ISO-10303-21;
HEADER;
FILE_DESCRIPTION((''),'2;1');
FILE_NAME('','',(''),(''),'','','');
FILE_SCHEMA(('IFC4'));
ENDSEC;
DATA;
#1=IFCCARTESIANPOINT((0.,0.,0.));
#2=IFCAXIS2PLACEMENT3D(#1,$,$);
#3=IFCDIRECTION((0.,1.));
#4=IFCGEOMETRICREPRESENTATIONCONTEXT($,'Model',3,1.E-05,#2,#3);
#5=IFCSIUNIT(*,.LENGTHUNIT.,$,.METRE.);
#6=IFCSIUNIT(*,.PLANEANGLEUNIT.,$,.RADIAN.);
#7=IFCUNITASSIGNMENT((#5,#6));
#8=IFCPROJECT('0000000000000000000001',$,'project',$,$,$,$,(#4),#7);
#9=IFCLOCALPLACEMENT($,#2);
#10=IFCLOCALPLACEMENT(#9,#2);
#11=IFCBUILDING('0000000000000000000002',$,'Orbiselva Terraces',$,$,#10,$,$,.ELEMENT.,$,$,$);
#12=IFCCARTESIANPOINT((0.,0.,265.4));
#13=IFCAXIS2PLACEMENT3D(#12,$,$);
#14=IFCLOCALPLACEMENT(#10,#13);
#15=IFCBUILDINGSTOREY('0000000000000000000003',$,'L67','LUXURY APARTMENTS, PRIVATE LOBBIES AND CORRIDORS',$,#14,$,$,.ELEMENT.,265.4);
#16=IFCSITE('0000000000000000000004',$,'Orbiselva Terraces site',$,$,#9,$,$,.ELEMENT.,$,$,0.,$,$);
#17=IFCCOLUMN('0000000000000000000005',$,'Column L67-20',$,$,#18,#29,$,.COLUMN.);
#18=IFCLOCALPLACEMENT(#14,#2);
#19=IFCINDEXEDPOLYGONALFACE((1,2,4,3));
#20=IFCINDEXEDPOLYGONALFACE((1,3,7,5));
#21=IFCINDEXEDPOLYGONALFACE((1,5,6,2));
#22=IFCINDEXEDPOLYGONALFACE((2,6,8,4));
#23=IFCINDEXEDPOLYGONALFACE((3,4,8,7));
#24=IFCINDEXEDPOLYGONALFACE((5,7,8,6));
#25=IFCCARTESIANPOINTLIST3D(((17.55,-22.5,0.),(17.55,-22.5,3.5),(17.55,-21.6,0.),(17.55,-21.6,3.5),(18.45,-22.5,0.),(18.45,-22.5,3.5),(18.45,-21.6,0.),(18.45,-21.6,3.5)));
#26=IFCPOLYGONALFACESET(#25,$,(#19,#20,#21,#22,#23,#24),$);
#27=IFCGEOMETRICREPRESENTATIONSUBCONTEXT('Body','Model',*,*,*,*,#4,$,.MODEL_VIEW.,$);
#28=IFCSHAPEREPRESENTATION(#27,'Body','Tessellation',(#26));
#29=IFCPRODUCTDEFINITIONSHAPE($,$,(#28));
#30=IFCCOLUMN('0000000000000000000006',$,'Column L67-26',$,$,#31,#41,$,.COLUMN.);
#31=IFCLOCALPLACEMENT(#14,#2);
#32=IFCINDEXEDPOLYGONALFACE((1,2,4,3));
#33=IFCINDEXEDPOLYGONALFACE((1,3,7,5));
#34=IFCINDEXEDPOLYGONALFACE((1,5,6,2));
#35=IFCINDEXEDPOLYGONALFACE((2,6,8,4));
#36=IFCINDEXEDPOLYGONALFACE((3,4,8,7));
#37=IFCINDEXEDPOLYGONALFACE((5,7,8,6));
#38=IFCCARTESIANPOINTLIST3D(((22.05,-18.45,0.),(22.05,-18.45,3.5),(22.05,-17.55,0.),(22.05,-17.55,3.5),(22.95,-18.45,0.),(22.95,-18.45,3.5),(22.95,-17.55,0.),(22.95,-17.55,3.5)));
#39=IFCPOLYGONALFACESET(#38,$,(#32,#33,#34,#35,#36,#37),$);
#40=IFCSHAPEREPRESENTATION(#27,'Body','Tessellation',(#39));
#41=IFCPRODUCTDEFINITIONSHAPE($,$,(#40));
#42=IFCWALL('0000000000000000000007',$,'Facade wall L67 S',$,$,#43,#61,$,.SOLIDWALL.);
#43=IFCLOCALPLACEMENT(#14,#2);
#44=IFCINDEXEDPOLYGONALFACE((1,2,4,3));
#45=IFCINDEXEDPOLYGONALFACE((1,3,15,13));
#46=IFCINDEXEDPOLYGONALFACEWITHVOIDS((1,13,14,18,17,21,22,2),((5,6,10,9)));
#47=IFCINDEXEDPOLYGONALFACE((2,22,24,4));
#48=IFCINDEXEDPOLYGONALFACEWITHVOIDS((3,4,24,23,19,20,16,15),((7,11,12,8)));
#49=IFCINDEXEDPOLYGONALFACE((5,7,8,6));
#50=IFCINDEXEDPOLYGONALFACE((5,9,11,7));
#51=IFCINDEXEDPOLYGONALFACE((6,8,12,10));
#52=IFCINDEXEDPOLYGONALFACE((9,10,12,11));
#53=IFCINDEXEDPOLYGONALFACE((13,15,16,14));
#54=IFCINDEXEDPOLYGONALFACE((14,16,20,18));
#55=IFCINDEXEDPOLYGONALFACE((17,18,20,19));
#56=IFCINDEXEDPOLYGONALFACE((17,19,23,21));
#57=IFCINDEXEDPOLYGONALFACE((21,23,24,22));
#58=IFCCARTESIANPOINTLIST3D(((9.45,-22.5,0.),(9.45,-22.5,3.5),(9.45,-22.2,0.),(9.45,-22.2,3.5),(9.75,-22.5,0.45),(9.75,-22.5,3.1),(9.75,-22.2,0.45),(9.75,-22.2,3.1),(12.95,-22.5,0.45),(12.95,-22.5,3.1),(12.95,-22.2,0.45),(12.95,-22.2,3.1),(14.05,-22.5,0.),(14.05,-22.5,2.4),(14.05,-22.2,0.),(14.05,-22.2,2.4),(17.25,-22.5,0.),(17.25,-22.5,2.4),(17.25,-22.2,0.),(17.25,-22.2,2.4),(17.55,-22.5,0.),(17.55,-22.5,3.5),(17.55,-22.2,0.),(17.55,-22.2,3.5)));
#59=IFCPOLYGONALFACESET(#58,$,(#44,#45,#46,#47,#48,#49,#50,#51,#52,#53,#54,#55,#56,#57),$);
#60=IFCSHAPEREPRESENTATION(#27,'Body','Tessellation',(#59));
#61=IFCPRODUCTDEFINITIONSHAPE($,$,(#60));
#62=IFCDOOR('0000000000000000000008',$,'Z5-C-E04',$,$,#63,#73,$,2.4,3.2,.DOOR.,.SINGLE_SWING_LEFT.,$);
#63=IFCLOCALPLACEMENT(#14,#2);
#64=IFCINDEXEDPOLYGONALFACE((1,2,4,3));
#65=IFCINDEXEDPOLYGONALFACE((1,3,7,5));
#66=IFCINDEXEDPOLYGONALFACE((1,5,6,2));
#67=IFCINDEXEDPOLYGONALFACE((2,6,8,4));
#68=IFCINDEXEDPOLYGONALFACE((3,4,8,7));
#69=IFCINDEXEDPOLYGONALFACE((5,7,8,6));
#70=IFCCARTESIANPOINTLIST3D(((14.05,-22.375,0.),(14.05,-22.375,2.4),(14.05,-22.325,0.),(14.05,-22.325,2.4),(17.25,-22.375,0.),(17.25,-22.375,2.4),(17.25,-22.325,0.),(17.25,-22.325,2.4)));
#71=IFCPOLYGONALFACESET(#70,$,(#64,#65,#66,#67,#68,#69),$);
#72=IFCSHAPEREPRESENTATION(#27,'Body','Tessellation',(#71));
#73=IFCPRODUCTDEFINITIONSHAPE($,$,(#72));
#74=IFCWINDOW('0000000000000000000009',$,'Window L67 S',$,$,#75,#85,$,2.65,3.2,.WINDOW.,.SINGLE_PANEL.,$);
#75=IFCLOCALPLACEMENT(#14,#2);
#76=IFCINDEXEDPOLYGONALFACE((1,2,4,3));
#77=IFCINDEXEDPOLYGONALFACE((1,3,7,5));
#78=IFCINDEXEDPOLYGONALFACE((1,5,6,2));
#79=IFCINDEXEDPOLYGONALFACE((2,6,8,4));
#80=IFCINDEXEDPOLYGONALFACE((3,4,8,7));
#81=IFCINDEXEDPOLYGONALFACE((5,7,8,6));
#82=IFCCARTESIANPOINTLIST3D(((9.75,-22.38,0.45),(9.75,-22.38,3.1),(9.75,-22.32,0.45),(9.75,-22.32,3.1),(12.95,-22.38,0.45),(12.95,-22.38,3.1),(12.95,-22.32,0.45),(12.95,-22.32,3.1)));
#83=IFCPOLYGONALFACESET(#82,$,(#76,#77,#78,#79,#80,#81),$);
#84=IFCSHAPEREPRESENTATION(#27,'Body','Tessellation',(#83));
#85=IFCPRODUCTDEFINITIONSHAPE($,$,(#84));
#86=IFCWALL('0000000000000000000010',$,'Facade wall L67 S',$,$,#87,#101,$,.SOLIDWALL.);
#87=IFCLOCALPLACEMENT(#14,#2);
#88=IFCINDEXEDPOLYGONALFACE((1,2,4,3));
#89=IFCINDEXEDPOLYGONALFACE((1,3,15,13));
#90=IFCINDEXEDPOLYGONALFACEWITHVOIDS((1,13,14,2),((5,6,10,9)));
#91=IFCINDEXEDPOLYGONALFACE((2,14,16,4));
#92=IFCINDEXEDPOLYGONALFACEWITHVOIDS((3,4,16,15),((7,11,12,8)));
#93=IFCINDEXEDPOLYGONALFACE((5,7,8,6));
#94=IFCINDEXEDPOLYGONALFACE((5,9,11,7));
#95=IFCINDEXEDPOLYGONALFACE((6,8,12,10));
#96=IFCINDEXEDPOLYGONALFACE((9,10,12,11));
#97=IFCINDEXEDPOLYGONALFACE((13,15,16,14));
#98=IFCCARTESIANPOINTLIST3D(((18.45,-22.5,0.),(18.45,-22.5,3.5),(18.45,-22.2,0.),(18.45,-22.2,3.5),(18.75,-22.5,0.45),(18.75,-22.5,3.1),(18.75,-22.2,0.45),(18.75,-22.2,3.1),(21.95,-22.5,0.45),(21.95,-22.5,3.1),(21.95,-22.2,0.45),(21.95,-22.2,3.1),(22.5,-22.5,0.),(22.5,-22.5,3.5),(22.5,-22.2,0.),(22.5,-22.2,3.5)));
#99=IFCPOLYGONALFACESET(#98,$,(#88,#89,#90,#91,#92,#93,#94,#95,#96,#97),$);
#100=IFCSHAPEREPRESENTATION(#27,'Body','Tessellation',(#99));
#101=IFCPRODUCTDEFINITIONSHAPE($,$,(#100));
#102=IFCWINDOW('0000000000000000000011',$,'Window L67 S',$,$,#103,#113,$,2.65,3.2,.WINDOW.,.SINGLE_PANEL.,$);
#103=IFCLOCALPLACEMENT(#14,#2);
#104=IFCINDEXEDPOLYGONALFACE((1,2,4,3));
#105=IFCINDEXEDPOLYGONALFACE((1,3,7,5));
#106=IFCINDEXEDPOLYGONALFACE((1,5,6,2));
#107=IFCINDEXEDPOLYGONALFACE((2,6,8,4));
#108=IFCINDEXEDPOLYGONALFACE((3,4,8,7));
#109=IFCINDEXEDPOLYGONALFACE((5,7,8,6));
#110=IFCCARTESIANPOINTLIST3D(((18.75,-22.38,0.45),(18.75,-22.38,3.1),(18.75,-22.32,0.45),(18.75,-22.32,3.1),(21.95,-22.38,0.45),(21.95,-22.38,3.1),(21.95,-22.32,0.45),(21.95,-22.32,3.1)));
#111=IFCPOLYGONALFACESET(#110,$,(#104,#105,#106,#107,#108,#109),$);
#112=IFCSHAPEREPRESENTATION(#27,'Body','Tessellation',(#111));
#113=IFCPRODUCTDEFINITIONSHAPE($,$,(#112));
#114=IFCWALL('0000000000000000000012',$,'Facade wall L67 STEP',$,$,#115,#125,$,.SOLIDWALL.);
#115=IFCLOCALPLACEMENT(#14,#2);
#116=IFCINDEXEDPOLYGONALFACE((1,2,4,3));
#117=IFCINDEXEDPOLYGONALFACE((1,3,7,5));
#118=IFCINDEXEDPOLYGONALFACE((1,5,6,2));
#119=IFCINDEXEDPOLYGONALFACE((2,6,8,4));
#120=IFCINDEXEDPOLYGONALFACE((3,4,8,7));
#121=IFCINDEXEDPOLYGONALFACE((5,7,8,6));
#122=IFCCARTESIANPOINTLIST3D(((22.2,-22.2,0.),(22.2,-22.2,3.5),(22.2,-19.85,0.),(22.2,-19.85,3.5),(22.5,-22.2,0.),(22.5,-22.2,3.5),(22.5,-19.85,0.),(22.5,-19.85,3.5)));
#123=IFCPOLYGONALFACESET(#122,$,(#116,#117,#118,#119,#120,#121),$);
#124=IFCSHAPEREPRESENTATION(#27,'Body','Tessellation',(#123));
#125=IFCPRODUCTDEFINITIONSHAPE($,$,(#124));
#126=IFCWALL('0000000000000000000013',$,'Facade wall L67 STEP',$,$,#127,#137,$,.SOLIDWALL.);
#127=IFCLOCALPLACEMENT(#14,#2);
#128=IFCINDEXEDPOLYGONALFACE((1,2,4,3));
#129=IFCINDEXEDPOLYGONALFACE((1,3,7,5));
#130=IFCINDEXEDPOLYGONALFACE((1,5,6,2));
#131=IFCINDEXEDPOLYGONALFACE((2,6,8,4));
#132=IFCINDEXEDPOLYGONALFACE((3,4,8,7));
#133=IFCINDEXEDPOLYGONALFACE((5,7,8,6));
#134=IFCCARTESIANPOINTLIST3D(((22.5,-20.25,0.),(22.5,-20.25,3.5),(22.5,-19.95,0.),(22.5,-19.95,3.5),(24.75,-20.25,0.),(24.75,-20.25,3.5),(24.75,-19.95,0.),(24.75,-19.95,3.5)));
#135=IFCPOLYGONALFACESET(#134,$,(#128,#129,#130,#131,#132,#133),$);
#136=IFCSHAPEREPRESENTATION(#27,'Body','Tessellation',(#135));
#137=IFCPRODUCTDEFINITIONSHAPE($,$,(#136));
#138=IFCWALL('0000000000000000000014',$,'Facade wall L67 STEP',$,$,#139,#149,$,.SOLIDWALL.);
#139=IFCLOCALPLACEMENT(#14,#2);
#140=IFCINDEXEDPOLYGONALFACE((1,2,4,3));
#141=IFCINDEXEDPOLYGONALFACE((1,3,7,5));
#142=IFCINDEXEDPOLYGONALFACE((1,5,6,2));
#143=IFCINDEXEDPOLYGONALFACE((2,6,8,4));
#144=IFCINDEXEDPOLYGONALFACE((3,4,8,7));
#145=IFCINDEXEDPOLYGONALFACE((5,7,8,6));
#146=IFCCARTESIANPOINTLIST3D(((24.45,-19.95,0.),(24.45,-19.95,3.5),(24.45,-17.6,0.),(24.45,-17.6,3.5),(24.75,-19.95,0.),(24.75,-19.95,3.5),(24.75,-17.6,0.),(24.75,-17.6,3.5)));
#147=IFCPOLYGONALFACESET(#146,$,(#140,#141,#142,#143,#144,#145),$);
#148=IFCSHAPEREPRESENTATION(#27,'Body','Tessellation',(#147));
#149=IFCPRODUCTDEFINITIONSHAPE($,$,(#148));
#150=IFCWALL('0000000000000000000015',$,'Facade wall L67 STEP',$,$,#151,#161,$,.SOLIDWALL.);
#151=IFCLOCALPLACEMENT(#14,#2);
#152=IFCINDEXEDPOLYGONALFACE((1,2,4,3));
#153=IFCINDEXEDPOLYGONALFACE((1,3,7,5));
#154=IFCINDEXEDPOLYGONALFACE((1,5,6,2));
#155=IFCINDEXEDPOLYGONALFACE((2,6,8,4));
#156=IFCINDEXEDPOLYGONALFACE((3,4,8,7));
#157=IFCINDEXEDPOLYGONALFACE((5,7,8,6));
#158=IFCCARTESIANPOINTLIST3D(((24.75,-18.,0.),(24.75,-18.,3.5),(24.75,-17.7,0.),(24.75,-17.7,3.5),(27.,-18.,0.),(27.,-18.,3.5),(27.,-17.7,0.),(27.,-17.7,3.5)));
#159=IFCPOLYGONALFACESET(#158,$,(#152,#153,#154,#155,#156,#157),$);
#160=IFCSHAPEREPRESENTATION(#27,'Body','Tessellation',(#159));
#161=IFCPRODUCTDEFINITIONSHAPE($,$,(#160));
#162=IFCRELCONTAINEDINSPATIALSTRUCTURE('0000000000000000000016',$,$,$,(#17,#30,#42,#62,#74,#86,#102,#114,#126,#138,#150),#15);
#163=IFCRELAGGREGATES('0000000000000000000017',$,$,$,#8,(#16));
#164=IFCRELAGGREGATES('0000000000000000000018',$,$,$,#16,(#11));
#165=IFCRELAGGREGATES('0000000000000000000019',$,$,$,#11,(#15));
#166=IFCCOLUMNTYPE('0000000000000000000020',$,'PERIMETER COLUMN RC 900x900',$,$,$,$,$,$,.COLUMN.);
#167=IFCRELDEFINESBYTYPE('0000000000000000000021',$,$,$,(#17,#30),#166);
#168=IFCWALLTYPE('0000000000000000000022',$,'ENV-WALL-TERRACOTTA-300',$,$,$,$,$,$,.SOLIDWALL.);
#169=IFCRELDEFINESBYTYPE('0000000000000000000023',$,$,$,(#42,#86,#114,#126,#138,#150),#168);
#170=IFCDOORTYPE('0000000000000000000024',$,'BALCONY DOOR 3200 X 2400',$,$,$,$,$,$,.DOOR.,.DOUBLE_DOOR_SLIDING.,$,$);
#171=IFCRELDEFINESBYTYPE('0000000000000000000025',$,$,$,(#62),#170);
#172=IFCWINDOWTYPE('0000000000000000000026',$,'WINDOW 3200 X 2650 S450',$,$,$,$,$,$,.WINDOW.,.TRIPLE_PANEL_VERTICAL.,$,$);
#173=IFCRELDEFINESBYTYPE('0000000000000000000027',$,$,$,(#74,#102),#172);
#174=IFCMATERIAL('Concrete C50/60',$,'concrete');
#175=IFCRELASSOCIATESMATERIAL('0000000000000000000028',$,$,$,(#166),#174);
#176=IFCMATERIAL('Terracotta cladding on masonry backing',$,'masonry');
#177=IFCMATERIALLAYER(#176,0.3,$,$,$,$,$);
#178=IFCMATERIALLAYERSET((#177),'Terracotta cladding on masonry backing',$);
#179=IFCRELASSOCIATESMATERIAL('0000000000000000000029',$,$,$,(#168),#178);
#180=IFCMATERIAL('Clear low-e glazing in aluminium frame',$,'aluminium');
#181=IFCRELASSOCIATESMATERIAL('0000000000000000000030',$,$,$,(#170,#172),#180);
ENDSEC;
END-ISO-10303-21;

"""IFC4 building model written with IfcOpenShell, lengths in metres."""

from ifc_helpers import new_model, si_unit, direction, frame, frame_2d, origin, origin_2d, place, context, subcontext, project, spatial, rectangle, extrude, material, layer, layer_set, material_profile, profile_set, type_object, element, fill, save


model = new_model("IFC4")

# Units and contexts
model_context = context("Model", 3, precision=1e-05, world=origin(), true_north=direction((0.0, 1.0)))
body_context = subcontext(model_context, "Body", "Model", "MODEL_VIEW")
ifc_project = project(units=[si_unit("LENGTHUNIT", "METRE"), si_unit("PLANEANGLEUNIT", "RADIAN")], contexts=[model_context])

# Site, building, storey
site_placement = place(None, origin())
site = spatial("IfcSite", under=ifc_project, at=site_placement, Name="Orbiselva Terraces site", CompositionType="ELEMENT", RefElevation=0.0)
building_placement = place(site_placement, origin())
building = spatial("IfcBuilding", under=site, at=building_placement, Name="Orbiselva Terraces", CompositionType="ELEMENT")
storey_placement = place(building_placement, frame((0.0, 0.0, 265.4)))
storey = spatial("IfcBuildingStorey", under=building, at=storey_placement, Name="L67", Description="LUXURY APARTMENTS, PRIVATE LOBBIES AND CORRIDORS", CompositionType="ELEMENT", Elevation=265.4)

# Columns
ifc_material_1 = material(Name="Concrete C50/60", Category="concrete")
ifc_material_profile = material_profile(ifc_material_1, rectangle(XDim=0.9, YDim=0.9, at=origin_2d()), Name="RC 900x900")
ifc_profile_set = profile_set([ifc_material_profile], Name="Concrete C50/60")
column_type = type_object("IfcColumnType", Name="PERIMETER COLUMN RC 900x900", PredefinedType="COLUMN", material=ifc_profile_set)
for number, where, z_axis, x_axis, name in (
    (1, (18.0, -22.05, 0.0), (0.0, 0.0, 1.0), (1.0, 0.0, 0.0), "Column L67-20"),
    (2, (22.5, -18.0, 0.0), (0.0, 0.0, 1.0), (1.0, 0.0, 0.0), "Column L67-26"),
):
    element("IfcColumn", number, at=place(storey_placement, frame(where, z_axis=z_axis, x_axis=x_axis)), inside=storey, type_object=column_type, Name=name, PredefinedType="COLUMN", context=body_context, shape_type="SweptSolid", body=[
        extrude(rectangle(XDim=0.9, YDim=0.9, at=origin_2d()), origin(), (0.0, 0.0, 1.0), 3.5),
    ])

# Wall, openings, door, window
ifc_material_2 = material(Name="Terracotta cladding on masonry backing", Category="masonry")
ifc_layer_1 = layer(ifc_material_2, 0.3)
ifc_layer_set_1 = layer_set([ifc_layer_1], Name="Terracotta cladding on masonry backing")
wall_type_1 = type_object("IfcWallType", Name="ENV-WALL-TERRACOTTA-300", PredefinedType="SOLIDWALL", material=ifc_layer_set_1)
wall_1_placement = place(storey_placement, frame((17.55, -22.35, 0.0), z_axis=(0.0, 0.0, 1.0), x_axis=(-1.0, 0.0, 0.0)))
wall_1 = element("IfcWall", 3, at=wall_1_placement, inside=storey, type_object=wall_type_1, Name="Facade wall L67 S", PredefinedType="SOLIDWALL", context=body_context, shape_type="SweptSolid", body=[
    extrude(rectangle(XDim=8.1, YDim=0.3, at=frame_2d((4.05, 0.0))), origin(), (0.0, 0.0, 1.0), 3.5),
])
opening_1_placement = place(wall_1_placement, frame((4.6, 0.0, 0.45)))
opening_1 = element("IfcOpeningElement", 4, at=opening_1_placement, cuts=wall_1, PredefinedType="OPENING", context=body_context, shape_type="SweptSolid", body=[
    extrude(rectangle(XDim=3.2, YDim=2.65, at=frame_2d((1.6, 1.325))), frame((0.0, 0.16, 0.0), z_axis=(0.0, -1.0, 0.0), x_axis=(1.0, 0.0, 0.0)), (0.0, 0.0, 1.0), 0.32),
])
opening_2_placement = place(wall_1_placement, frame((0.3, 0.0, 0.0)))
opening_2 = element("IfcOpeningElement", 5, at=opening_2_placement, cuts=wall_1, PredefinedType="OPENING", context=body_context, shape_type="SweptSolid", body=[
    extrude(rectangle(XDim=3.2, YDim=2.4, at=frame_2d((1.6, 1.2))), frame((0.0, 0.16, 0.0), z_axis=(0.0, -1.0, 0.0), x_axis=(1.0, 0.0, 0.0)), (0.0, 0.0, 1.0), 0.32),
])
ifc_material_3 = material(Name="Clear low-e glazing in aluminium frame", Category="aluminium")
door_type_1 = type_object("IfcDoorType", Name="BALCONY DOOR 3200 X 2400", OperationType="DOUBLE_DOOR_SLIDING", PredefinedType="DOOR", material=ifc_material_3)
door_1_placement = place(opening_2_placement, origin())
door_1 = element("IfcDoor", 6, at=door_1_placement, inside=storey, type_object=door_type_1, Name="Z5-C-E04", OperationType="SINGLE_SWING_LEFT", OverallHeight=2.4, OverallWidth=3.2, PredefinedType="DOOR", context=body_context, shape_type="SweptSolid", body=[
    extrude(rectangle(XDim=3.2, YDim=2.4, at=frame_2d((1.6, 1.2))), frame((0.0, 0.025, 0.0), z_axis=(0.0, -1.0, 0.0), x_axis=(1.0, 0.0, 0.0)), (0.0, 0.0, 1.0), 0.05),
])
fill(opening_2, door_1)
window_type = type_object("IfcWindowType", Name="WINDOW 3200 X 2650 S450", PartitioningType="TRIPLE_PANEL_VERTICAL", PredefinedType="WINDOW", material=ifc_material_3)
window_1_placement = place(opening_1_placement, origin())
window_1 = element("IfcWindow", 7, at=window_1_placement, inside=storey, type_object=window_type, Name="Window L67 S", OverallHeight=2.65, OverallWidth=3.2, PartitioningType="SINGLE_PANEL", PredefinedType="WINDOW", context=body_context, shape_type="SweptSolid", body=[
    extrude(rectangle(XDim=3.2, YDim=2.65, at=frame_2d((1.6, 1.325))), frame((0.0, 0.03, 0.0), z_axis=(0.0, -1.0, 0.0), x_axis=(1.0, 0.0, 0.0)), (0.0, 0.0, 1.0), 0.06),
])
fill(opening_1, window_1)

# Wall, opening, window
wall_2_placement = place(storey_placement, frame((22.5, -22.35, 0.0), z_axis=(0.0, 0.0, 1.0), x_axis=(-1.0, 0.0, 0.0)))
wall_2 = element("IfcWall", 8, at=wall_2_placement, inside=storey, type_object=wall_type_1, Name="Facade wall L67 S", PredefinedType="SOLIDWALL", context=body_context, shape_type="SweptSolid", body=[
    extrude(rectangle(XDim=4.05, YDim=0.3, at=frame_2d((2.025, 0.0))), origin(), (0.0, 0.0, 1.0), 3.5),
])
opening_3_placement = place(wall_2_placement, frame((0.55, 0.0, 0.45)))
opening_3 = element("IfcOpeningElement", 9, at=opening_3_placement, cuts=wall_2, PredefinedType="OPENING", context=body_context, shape_type="SweptSolid", body=[
    extrude(rectangle(XDim=3.2, YDim=2.65, at=frame_2d((1.6, 1.325))), frame((0.0, 0.16, 0.0), z_axis=(0.0, -1.0, 0.0), x_axis=(1.0, 0.0, 0.0)), (0.0, 0.0, 1.0), 0.32),
])
window_2_placement = place(opening_3_placement, origin())
window_2 = element("IfcWindow", 10, at=window_2_placement, inside=storey, type_object=window_type, Name="Window L67 S", OverallHeight=2.65, OverallWidth=3.2, PartitioningType="SINGLE_PANEL", PredefinedType="WINDOW", context=body_context, shape_type="SweptSolid", body=[
    extrude(rectangle(XDim=3.2, YDim=2.65, at=frame_2d((1.6, 1.325))), frame((0.0, 0.03, 0.0), z_axis=(0.0, -1.0, 0.0), x_axis=(1.0, 0.0, 0.0)), (0.0, 0.0, 1.0), 0.06),
])
fill(opening_3, window_2)

# Walls
wall_3_placement = place(storey_placement, frame((22.35, -19.85, 0.0), z_axis=(0.0, 0.0, 1.0), x_axis=(0.0, -1.0, 0.0)))
element("IfcWall", 11, at=wall_3_placement, inside=storey, type_object=wall_type_1, Name="Facade wall L67 STEP", PredefinedType="SOLIDWALL", context=body_context, shape_type="SweptSolid", body=[
    extrude(rectangle(XDim=2.35, YDim=0.3, at=frame_2d((1.175, 0.0))), origin(), (0.0, 0.0, 1.0), 3.5),
])
wall_4_placement = place(storey_placement, frame((24.75, -20.1, 0.0), z_axis=(0.0, 0.0, 1.0), x_axis=(-1.0, 0.0, 0.0)))
element("IfcWall", 12, at=wall_4_placement, inside=storey, type_object=wall_type_1, Name="Facade wall L67 STEP", PredefinedType="SOLIDWALL", context=body_context, shape_type="SweptSolid", body=[
    extrude(rectangle(XDim=2.25, YDim=0.3, at=frame_2d((1.125, 0.0))), origin(), (0.0, 0.0, 1.0), 3.5),
])
wall_5_placement = place(storey_placement, frame((24.6, -17.6, 0.0), z_axis=(0.0, 0.0, 1.0), x_axis=(0.0, -1.0, 0.0)))
element("IfcWall", 13, at=wall_5_placement, inside=storey, type_object=wall_type_1, Name="Facade wall L67 STEP", PredefinedType="SOLIDWALL", context=body_context, shape_type="SweptSolid", body=[
    extrude(rectangle(XDim=2.35, YDim=0.3, at=frame_2d((1.175, 0.0))), origin(), (0.0, 0.0, 1.0), 3.5),
])
wall_6_placement = place(storey_placement, frame((27.0, -17.85, 0.0), z_axis=(0.0, 0.0, 1.0), x_axis=(-1.0, 0.0, 0.0)))
element("IfcWall", 14, at=wall_6_placement, inside=storey, type_object=wall_type_1, Name="Facade wall L67 STEP", PredefinedType="SOLIDWALL", context=body_context, shape_type="SweptSolid", body=[
    extrude(rectangle(XDim=2.25, YDim=0.3, at=frame_2d((1.125, 0.0))), origin(), (0.0, 0.0, 1.0), 3.5),
])

save(model, "model.ifc")
